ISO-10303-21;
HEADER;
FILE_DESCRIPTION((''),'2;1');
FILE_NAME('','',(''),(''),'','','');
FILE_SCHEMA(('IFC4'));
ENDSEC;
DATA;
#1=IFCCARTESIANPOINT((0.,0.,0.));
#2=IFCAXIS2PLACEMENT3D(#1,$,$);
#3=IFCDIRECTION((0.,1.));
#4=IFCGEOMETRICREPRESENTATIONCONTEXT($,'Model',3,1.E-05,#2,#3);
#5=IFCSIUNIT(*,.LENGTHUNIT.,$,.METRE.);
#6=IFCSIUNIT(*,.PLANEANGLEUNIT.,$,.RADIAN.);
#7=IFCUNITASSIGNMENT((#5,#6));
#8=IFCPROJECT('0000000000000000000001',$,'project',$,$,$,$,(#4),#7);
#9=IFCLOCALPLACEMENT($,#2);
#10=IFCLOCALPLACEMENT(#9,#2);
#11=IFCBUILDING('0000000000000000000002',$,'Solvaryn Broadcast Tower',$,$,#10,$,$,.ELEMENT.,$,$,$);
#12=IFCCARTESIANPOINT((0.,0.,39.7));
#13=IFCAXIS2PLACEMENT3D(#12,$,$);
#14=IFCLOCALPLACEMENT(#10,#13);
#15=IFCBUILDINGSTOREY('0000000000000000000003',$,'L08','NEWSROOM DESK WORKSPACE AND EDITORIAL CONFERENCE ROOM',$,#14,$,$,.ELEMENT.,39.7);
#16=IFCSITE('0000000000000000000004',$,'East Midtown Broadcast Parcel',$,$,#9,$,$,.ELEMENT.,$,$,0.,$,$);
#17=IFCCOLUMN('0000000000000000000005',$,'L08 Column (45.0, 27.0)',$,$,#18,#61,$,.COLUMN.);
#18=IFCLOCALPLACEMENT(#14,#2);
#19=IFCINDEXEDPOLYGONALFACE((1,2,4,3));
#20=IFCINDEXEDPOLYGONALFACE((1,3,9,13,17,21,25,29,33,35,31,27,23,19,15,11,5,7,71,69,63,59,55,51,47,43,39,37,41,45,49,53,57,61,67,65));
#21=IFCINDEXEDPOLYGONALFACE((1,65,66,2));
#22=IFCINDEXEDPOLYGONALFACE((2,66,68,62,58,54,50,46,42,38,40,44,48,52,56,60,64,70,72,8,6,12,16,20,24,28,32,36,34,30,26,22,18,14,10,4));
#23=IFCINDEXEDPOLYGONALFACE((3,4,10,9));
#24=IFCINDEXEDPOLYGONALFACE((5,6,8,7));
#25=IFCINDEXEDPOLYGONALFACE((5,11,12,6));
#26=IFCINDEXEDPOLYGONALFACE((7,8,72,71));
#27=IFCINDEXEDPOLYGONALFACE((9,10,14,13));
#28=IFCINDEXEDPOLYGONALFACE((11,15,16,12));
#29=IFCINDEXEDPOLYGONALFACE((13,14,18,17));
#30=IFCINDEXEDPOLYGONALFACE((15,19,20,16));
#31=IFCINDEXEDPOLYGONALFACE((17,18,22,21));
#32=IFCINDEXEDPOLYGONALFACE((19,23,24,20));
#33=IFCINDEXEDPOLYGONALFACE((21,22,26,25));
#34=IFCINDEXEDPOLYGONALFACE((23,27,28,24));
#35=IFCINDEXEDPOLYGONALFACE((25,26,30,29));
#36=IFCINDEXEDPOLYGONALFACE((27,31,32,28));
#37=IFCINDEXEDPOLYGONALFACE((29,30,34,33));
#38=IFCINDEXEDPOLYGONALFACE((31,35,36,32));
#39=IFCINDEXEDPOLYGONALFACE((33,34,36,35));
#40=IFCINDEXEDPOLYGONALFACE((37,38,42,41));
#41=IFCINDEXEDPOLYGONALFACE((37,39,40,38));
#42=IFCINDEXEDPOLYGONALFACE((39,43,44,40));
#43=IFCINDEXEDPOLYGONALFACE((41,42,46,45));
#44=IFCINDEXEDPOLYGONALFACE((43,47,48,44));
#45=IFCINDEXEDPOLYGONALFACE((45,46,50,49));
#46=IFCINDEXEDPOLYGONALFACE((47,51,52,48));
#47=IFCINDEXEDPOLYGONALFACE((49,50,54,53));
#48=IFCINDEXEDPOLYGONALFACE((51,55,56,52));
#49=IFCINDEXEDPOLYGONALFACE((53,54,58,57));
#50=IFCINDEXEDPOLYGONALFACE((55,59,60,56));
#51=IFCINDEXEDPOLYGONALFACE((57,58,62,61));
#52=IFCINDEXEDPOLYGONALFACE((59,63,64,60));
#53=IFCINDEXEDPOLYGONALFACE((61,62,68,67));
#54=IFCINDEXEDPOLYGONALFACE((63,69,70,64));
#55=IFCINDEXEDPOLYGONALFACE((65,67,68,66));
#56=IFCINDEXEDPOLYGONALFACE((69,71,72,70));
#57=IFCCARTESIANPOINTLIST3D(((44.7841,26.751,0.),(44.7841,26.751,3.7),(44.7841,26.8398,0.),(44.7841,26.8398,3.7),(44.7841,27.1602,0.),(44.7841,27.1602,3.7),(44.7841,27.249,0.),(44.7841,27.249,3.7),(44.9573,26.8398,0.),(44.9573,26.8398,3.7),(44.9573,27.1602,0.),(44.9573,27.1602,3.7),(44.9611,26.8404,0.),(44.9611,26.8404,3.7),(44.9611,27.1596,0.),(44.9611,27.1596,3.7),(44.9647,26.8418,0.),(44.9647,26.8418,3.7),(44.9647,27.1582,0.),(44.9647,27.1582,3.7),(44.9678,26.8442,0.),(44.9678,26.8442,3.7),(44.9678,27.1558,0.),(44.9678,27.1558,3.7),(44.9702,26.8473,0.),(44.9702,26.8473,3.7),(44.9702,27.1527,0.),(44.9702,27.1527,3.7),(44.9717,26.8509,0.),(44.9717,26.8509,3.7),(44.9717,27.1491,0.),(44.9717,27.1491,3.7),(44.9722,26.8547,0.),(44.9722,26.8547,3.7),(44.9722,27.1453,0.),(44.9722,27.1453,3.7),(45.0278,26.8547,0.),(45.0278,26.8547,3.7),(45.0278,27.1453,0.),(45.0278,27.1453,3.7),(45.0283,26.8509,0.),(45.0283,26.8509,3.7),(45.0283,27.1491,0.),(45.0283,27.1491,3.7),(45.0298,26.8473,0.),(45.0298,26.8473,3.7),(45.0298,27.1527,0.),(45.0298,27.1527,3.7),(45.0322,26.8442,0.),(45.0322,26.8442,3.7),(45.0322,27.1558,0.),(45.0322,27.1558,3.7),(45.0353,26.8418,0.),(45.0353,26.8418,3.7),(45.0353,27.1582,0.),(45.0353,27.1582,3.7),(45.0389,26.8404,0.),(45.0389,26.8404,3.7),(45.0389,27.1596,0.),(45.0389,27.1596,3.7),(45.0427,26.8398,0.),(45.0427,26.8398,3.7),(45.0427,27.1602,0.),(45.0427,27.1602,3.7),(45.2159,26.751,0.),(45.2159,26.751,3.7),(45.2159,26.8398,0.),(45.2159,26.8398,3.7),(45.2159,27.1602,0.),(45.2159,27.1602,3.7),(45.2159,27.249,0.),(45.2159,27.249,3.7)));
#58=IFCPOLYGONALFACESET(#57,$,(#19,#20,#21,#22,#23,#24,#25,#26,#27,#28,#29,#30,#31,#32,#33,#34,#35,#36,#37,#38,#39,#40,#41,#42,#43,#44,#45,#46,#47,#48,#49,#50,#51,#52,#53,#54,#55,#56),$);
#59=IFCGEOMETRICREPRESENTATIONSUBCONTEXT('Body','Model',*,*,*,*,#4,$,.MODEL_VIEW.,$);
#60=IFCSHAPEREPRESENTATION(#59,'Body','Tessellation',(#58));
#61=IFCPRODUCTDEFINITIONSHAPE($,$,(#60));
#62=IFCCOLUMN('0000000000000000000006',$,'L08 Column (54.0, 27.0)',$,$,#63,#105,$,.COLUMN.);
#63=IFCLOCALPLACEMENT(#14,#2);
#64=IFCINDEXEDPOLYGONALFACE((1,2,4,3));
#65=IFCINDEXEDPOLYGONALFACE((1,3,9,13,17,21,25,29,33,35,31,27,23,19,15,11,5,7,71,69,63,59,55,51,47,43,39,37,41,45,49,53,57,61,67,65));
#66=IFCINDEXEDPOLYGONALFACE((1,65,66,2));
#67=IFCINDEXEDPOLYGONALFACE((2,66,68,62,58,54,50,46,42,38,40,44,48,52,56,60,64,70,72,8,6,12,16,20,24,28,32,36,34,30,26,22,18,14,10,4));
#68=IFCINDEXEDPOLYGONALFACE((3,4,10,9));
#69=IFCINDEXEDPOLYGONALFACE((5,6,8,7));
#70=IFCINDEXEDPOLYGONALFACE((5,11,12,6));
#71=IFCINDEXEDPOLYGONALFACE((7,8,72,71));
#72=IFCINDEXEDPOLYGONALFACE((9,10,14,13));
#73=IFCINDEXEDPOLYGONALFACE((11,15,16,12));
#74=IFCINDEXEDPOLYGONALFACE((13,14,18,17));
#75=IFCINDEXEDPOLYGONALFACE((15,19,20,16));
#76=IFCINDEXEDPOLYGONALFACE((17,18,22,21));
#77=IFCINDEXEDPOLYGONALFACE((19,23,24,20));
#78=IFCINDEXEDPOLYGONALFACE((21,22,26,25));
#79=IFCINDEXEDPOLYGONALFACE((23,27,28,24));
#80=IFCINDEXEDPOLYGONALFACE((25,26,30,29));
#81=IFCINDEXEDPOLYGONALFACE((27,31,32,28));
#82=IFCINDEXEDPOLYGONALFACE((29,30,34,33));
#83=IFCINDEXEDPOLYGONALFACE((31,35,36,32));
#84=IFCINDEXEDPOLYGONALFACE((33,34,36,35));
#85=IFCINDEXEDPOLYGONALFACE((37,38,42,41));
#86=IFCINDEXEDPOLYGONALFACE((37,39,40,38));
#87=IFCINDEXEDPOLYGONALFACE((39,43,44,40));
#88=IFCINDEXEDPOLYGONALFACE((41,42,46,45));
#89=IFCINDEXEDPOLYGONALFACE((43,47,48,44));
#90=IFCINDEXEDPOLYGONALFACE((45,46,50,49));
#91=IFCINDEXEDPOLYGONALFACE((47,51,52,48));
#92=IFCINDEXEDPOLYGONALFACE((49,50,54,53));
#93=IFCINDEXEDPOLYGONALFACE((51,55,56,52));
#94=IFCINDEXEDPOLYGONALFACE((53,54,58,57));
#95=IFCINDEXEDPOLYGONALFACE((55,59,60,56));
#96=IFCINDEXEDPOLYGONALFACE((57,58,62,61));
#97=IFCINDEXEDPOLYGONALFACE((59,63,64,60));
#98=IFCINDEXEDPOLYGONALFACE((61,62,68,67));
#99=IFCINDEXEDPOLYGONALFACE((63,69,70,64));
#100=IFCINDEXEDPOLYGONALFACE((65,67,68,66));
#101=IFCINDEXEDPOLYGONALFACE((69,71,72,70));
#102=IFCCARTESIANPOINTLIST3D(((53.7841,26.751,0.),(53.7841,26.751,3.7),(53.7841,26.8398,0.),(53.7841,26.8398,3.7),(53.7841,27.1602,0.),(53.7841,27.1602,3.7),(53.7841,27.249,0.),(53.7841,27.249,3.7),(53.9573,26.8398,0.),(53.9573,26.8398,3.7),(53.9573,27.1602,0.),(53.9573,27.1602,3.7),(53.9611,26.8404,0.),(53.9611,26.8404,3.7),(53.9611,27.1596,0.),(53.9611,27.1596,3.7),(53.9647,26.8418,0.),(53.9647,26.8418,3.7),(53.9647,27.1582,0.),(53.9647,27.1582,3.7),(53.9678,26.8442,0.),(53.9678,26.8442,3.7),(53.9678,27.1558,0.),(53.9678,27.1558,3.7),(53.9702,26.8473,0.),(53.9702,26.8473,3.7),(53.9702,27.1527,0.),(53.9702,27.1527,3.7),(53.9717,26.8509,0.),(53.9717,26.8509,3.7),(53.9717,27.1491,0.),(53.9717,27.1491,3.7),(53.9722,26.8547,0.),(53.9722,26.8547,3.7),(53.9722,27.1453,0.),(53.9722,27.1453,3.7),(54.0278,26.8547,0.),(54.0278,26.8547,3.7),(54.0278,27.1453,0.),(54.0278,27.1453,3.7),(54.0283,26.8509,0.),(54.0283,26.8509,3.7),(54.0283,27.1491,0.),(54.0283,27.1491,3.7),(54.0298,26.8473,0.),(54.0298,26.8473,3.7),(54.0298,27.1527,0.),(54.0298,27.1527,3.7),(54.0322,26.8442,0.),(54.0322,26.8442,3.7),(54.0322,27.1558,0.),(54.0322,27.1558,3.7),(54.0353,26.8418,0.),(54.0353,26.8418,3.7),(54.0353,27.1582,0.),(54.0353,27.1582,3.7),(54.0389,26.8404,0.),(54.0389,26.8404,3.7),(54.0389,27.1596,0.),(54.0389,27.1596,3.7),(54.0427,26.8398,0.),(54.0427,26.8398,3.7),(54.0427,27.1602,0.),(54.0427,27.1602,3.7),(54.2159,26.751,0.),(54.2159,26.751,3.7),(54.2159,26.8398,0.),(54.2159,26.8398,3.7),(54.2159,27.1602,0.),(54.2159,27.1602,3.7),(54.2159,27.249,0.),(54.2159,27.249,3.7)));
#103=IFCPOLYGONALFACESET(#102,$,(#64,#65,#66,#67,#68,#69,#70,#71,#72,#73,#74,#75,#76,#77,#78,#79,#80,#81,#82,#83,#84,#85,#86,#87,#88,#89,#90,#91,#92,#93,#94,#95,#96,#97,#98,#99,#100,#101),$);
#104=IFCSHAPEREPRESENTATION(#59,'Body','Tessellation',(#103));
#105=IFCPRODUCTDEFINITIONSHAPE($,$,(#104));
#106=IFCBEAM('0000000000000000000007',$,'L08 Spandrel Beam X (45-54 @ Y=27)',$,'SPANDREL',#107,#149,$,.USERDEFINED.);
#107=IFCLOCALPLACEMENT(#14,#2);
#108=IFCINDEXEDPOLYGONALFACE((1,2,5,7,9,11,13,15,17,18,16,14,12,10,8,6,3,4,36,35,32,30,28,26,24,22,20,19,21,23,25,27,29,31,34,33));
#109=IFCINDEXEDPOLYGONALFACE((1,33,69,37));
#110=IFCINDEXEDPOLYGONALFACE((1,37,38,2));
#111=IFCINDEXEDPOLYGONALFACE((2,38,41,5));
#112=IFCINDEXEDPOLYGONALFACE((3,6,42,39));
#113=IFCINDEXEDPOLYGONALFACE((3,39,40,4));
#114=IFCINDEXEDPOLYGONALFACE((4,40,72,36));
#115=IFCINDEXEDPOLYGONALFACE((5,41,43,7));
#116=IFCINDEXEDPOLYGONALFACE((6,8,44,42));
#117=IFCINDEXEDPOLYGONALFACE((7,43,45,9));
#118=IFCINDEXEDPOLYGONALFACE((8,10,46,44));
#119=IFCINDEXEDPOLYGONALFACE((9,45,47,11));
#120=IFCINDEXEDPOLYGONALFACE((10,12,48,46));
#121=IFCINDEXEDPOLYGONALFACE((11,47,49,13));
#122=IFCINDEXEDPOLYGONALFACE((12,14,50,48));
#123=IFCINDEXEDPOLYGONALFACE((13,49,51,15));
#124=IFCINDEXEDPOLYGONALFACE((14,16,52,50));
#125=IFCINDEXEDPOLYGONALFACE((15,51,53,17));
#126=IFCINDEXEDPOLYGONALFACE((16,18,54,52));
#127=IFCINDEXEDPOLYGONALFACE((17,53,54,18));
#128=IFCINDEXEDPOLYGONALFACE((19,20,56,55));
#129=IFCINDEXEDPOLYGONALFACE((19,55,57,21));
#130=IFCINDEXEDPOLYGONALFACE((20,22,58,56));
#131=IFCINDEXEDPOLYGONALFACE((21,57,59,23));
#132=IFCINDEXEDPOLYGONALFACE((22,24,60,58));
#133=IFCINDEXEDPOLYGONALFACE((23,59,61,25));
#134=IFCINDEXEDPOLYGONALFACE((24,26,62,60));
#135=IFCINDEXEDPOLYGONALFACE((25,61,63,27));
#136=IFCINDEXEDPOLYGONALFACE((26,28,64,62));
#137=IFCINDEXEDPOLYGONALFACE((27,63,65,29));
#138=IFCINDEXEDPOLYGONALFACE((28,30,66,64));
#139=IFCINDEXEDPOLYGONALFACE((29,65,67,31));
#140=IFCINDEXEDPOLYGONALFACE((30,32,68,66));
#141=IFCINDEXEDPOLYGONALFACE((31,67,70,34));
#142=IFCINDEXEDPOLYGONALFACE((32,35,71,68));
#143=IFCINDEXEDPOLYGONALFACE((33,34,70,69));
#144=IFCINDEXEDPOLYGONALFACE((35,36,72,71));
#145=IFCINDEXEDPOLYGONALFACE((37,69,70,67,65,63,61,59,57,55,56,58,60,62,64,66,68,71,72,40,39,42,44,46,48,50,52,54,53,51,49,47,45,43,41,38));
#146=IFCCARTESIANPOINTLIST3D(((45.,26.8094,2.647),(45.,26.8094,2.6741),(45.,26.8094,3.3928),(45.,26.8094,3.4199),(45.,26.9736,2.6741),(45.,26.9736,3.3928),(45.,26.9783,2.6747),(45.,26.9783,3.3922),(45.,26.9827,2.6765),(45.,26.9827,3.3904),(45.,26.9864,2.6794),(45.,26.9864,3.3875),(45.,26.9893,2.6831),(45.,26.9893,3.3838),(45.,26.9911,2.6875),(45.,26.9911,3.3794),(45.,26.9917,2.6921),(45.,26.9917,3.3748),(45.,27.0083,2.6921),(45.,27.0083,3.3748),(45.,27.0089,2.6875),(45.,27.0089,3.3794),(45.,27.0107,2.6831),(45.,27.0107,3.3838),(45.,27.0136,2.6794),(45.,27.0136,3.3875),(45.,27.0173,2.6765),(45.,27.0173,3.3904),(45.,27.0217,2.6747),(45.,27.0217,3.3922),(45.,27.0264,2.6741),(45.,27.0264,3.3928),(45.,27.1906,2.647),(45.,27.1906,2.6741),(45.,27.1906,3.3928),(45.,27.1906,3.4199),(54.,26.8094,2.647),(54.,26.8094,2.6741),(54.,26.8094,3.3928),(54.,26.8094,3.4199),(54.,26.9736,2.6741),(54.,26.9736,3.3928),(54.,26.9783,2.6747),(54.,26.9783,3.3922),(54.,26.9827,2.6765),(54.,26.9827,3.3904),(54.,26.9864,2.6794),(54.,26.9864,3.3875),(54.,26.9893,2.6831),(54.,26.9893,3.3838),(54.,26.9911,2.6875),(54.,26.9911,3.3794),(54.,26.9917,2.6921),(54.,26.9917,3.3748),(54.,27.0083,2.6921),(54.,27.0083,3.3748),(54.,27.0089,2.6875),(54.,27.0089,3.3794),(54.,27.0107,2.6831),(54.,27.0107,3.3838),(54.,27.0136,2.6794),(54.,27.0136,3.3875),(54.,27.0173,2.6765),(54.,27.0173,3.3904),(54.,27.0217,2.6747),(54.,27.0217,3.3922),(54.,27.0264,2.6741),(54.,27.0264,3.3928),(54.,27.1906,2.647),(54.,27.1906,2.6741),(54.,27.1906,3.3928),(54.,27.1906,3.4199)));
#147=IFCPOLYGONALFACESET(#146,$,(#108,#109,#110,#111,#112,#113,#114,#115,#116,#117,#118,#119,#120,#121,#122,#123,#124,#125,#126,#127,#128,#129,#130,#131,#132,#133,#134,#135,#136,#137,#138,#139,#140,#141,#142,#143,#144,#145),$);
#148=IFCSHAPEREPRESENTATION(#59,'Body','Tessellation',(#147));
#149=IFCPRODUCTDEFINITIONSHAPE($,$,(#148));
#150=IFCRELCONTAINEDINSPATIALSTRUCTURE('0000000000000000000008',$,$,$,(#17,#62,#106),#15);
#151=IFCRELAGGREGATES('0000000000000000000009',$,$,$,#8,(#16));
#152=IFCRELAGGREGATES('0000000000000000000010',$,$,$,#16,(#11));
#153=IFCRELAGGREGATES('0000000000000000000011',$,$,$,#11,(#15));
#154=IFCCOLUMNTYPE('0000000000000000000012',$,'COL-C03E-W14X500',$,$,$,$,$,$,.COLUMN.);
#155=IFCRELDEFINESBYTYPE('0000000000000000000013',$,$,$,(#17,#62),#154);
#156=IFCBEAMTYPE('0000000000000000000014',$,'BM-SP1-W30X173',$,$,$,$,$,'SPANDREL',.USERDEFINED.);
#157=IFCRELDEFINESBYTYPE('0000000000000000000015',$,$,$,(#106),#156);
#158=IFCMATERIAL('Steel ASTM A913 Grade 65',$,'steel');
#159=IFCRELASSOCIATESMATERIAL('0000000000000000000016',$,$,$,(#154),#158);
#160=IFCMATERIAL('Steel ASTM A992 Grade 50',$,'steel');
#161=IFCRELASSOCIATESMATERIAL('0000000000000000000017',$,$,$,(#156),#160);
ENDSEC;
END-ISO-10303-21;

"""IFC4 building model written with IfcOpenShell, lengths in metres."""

from ifc_helpers import new_model, si_unit, direction, frame, origin, origin_2d, place, context, subcontext, project, spatial, i_section, extrude, material, material_profile, profile_set, type_object, element, save


model = new_model("IFC4")

# Units and contexts
model_context = context("Model", 3, precision=1e-05, world=origin(), true_north=direction((0.0, 1.0)))
body_context = subcontext(model_context, "Body", "Model", "MODEL_VIEW")
ifc_project = project(units=[si_unit("LENGTHUNIT", "METRE"), si_unit("PLANEANGLEUNIT", "RADIAN")], contexts=[model_context])

# Site, building, storey
site_placement = place(None, origin())
site = spatial("IfcSite", under=ifc_project, at=site_placement, Name="East Midtown Broadcast Parcel", CompositionType="ELEMENT", RefElevation=0.0)
building_placement = place(site_placement, origin())
building = spatial("IfcBuilding", under=site, at=building_placement, Name="Solvaryn Broadcast Tower", CompositionType="ELEMENT")
storey_placement = place(building_placement, frame((0.0, 0.0, 39.7)))
storey = spatial("IfcBuildingStorey", under=building, at=storey_placement, Name="L08", Description="NEWSROOM DESK WORKSPACE AND EDITORIAL CONFERENCE ROOM", CompositionType="ELEMENT", Elevation=39.7)

# Columns
ifc_material_1 = material(Name="Steel ASTM A913 Grade 65", Category="steel")
ifc_material_profile_1 = material_profile(ifc_material_1, i_section(OverallWidth=0.4319, OverallDepth=0.498, WebThickness=0.0557, FlangeThickness=0.0889, FilletRadius=0.0149, at=origin_2d()))
ifc_profile_set_1 = profile_set([ifc_material_profile_1], Name="Steel ASTM A913 Grade 65")
column_type = type_object("IfcColumnType", Name="COL-C03E-W14X500", PredefinedType="COLUMN", material=ifc_profile_set_1)
for number, where, z_axis, x_axis, name in (
    (1, (45.0, 27.0, 0.0), (0.0, 0.0, 1.0), (1.0, 0.0, 0.0), "L08 Column (45.0, 27.0)"),
    (2, (54.0, 27.0, 0.0), (0.0, 0.0, 1.0), (1.0, 0.0, 0.0), "L08 Column (54.0, 27.0)"),
):
    element("IfcColumn", number, at=place(storey_placement, frame(where, z_axis=z_axis, x_axis=x_axis)), inside=storey, type_object=column_type, Name=name, PredefinedType="COLUMN", context=body_context, shape_type="SweptSolid", body=[
        extrude(i_section(OverallWidth=0.4319, OverallDepth=0.498, WebThickness=0.0557, FlangeThickness=0.0889, FilletRadius=0.0149, at=origin_2d()), origin(), (0.0, 0.0, 1.0), 3.7),
    ])

# Beam
ifc_material_2 = material(Name="Steel ASTM A992 Grade 50", Category="steel")
ifc_material_profile_2 = material_profile(ifc_material_2, i_section(OverallWidth=0.3811, OverallDepth=0.7729, WebThickness=0.0166, FlangeThickness=0.0271, FilletRadius=0.0181, at=origin_2d()))
ifc_profile_set_2 = profile_set([ifc_material_profile_2], Name="Steel ASTM A992 Grade 50")
beam_type = type_object("IfcBeamType", Name="BM-SP1-W30X173", ElementType="SPANDREL", PredefinedType="USERDEFINED", material=ifc_profile_set_2)
beam_placement = place(storey_placement, frame((45.0, 27.0, 3.0334), z_axis=(1.0, 0.0, 0.0), x_axis=(0.0, 1.0, 0.0)))
element("IfcBeam", 3, at=beam_placement, inside=storey, type_object=beam_type, Name="L08 Spandrel Beam X (45-54 @ Y=27)", ObjectType="SPANDREL", PredefinedType="USERDEFINED", context=body_context, shape_type="SweptSolid", body=[
    extrude(i_section(OverallWidth=0.3811, OverallDepth=0.7729, WebThickness=0.0166, FlangeThickness=0.0271, FilletRadius=0.0181, at=origin_2d()), origin(), (0.0, 0.0, 1.0), 9.0),
])

save(model, "model.ifc")
